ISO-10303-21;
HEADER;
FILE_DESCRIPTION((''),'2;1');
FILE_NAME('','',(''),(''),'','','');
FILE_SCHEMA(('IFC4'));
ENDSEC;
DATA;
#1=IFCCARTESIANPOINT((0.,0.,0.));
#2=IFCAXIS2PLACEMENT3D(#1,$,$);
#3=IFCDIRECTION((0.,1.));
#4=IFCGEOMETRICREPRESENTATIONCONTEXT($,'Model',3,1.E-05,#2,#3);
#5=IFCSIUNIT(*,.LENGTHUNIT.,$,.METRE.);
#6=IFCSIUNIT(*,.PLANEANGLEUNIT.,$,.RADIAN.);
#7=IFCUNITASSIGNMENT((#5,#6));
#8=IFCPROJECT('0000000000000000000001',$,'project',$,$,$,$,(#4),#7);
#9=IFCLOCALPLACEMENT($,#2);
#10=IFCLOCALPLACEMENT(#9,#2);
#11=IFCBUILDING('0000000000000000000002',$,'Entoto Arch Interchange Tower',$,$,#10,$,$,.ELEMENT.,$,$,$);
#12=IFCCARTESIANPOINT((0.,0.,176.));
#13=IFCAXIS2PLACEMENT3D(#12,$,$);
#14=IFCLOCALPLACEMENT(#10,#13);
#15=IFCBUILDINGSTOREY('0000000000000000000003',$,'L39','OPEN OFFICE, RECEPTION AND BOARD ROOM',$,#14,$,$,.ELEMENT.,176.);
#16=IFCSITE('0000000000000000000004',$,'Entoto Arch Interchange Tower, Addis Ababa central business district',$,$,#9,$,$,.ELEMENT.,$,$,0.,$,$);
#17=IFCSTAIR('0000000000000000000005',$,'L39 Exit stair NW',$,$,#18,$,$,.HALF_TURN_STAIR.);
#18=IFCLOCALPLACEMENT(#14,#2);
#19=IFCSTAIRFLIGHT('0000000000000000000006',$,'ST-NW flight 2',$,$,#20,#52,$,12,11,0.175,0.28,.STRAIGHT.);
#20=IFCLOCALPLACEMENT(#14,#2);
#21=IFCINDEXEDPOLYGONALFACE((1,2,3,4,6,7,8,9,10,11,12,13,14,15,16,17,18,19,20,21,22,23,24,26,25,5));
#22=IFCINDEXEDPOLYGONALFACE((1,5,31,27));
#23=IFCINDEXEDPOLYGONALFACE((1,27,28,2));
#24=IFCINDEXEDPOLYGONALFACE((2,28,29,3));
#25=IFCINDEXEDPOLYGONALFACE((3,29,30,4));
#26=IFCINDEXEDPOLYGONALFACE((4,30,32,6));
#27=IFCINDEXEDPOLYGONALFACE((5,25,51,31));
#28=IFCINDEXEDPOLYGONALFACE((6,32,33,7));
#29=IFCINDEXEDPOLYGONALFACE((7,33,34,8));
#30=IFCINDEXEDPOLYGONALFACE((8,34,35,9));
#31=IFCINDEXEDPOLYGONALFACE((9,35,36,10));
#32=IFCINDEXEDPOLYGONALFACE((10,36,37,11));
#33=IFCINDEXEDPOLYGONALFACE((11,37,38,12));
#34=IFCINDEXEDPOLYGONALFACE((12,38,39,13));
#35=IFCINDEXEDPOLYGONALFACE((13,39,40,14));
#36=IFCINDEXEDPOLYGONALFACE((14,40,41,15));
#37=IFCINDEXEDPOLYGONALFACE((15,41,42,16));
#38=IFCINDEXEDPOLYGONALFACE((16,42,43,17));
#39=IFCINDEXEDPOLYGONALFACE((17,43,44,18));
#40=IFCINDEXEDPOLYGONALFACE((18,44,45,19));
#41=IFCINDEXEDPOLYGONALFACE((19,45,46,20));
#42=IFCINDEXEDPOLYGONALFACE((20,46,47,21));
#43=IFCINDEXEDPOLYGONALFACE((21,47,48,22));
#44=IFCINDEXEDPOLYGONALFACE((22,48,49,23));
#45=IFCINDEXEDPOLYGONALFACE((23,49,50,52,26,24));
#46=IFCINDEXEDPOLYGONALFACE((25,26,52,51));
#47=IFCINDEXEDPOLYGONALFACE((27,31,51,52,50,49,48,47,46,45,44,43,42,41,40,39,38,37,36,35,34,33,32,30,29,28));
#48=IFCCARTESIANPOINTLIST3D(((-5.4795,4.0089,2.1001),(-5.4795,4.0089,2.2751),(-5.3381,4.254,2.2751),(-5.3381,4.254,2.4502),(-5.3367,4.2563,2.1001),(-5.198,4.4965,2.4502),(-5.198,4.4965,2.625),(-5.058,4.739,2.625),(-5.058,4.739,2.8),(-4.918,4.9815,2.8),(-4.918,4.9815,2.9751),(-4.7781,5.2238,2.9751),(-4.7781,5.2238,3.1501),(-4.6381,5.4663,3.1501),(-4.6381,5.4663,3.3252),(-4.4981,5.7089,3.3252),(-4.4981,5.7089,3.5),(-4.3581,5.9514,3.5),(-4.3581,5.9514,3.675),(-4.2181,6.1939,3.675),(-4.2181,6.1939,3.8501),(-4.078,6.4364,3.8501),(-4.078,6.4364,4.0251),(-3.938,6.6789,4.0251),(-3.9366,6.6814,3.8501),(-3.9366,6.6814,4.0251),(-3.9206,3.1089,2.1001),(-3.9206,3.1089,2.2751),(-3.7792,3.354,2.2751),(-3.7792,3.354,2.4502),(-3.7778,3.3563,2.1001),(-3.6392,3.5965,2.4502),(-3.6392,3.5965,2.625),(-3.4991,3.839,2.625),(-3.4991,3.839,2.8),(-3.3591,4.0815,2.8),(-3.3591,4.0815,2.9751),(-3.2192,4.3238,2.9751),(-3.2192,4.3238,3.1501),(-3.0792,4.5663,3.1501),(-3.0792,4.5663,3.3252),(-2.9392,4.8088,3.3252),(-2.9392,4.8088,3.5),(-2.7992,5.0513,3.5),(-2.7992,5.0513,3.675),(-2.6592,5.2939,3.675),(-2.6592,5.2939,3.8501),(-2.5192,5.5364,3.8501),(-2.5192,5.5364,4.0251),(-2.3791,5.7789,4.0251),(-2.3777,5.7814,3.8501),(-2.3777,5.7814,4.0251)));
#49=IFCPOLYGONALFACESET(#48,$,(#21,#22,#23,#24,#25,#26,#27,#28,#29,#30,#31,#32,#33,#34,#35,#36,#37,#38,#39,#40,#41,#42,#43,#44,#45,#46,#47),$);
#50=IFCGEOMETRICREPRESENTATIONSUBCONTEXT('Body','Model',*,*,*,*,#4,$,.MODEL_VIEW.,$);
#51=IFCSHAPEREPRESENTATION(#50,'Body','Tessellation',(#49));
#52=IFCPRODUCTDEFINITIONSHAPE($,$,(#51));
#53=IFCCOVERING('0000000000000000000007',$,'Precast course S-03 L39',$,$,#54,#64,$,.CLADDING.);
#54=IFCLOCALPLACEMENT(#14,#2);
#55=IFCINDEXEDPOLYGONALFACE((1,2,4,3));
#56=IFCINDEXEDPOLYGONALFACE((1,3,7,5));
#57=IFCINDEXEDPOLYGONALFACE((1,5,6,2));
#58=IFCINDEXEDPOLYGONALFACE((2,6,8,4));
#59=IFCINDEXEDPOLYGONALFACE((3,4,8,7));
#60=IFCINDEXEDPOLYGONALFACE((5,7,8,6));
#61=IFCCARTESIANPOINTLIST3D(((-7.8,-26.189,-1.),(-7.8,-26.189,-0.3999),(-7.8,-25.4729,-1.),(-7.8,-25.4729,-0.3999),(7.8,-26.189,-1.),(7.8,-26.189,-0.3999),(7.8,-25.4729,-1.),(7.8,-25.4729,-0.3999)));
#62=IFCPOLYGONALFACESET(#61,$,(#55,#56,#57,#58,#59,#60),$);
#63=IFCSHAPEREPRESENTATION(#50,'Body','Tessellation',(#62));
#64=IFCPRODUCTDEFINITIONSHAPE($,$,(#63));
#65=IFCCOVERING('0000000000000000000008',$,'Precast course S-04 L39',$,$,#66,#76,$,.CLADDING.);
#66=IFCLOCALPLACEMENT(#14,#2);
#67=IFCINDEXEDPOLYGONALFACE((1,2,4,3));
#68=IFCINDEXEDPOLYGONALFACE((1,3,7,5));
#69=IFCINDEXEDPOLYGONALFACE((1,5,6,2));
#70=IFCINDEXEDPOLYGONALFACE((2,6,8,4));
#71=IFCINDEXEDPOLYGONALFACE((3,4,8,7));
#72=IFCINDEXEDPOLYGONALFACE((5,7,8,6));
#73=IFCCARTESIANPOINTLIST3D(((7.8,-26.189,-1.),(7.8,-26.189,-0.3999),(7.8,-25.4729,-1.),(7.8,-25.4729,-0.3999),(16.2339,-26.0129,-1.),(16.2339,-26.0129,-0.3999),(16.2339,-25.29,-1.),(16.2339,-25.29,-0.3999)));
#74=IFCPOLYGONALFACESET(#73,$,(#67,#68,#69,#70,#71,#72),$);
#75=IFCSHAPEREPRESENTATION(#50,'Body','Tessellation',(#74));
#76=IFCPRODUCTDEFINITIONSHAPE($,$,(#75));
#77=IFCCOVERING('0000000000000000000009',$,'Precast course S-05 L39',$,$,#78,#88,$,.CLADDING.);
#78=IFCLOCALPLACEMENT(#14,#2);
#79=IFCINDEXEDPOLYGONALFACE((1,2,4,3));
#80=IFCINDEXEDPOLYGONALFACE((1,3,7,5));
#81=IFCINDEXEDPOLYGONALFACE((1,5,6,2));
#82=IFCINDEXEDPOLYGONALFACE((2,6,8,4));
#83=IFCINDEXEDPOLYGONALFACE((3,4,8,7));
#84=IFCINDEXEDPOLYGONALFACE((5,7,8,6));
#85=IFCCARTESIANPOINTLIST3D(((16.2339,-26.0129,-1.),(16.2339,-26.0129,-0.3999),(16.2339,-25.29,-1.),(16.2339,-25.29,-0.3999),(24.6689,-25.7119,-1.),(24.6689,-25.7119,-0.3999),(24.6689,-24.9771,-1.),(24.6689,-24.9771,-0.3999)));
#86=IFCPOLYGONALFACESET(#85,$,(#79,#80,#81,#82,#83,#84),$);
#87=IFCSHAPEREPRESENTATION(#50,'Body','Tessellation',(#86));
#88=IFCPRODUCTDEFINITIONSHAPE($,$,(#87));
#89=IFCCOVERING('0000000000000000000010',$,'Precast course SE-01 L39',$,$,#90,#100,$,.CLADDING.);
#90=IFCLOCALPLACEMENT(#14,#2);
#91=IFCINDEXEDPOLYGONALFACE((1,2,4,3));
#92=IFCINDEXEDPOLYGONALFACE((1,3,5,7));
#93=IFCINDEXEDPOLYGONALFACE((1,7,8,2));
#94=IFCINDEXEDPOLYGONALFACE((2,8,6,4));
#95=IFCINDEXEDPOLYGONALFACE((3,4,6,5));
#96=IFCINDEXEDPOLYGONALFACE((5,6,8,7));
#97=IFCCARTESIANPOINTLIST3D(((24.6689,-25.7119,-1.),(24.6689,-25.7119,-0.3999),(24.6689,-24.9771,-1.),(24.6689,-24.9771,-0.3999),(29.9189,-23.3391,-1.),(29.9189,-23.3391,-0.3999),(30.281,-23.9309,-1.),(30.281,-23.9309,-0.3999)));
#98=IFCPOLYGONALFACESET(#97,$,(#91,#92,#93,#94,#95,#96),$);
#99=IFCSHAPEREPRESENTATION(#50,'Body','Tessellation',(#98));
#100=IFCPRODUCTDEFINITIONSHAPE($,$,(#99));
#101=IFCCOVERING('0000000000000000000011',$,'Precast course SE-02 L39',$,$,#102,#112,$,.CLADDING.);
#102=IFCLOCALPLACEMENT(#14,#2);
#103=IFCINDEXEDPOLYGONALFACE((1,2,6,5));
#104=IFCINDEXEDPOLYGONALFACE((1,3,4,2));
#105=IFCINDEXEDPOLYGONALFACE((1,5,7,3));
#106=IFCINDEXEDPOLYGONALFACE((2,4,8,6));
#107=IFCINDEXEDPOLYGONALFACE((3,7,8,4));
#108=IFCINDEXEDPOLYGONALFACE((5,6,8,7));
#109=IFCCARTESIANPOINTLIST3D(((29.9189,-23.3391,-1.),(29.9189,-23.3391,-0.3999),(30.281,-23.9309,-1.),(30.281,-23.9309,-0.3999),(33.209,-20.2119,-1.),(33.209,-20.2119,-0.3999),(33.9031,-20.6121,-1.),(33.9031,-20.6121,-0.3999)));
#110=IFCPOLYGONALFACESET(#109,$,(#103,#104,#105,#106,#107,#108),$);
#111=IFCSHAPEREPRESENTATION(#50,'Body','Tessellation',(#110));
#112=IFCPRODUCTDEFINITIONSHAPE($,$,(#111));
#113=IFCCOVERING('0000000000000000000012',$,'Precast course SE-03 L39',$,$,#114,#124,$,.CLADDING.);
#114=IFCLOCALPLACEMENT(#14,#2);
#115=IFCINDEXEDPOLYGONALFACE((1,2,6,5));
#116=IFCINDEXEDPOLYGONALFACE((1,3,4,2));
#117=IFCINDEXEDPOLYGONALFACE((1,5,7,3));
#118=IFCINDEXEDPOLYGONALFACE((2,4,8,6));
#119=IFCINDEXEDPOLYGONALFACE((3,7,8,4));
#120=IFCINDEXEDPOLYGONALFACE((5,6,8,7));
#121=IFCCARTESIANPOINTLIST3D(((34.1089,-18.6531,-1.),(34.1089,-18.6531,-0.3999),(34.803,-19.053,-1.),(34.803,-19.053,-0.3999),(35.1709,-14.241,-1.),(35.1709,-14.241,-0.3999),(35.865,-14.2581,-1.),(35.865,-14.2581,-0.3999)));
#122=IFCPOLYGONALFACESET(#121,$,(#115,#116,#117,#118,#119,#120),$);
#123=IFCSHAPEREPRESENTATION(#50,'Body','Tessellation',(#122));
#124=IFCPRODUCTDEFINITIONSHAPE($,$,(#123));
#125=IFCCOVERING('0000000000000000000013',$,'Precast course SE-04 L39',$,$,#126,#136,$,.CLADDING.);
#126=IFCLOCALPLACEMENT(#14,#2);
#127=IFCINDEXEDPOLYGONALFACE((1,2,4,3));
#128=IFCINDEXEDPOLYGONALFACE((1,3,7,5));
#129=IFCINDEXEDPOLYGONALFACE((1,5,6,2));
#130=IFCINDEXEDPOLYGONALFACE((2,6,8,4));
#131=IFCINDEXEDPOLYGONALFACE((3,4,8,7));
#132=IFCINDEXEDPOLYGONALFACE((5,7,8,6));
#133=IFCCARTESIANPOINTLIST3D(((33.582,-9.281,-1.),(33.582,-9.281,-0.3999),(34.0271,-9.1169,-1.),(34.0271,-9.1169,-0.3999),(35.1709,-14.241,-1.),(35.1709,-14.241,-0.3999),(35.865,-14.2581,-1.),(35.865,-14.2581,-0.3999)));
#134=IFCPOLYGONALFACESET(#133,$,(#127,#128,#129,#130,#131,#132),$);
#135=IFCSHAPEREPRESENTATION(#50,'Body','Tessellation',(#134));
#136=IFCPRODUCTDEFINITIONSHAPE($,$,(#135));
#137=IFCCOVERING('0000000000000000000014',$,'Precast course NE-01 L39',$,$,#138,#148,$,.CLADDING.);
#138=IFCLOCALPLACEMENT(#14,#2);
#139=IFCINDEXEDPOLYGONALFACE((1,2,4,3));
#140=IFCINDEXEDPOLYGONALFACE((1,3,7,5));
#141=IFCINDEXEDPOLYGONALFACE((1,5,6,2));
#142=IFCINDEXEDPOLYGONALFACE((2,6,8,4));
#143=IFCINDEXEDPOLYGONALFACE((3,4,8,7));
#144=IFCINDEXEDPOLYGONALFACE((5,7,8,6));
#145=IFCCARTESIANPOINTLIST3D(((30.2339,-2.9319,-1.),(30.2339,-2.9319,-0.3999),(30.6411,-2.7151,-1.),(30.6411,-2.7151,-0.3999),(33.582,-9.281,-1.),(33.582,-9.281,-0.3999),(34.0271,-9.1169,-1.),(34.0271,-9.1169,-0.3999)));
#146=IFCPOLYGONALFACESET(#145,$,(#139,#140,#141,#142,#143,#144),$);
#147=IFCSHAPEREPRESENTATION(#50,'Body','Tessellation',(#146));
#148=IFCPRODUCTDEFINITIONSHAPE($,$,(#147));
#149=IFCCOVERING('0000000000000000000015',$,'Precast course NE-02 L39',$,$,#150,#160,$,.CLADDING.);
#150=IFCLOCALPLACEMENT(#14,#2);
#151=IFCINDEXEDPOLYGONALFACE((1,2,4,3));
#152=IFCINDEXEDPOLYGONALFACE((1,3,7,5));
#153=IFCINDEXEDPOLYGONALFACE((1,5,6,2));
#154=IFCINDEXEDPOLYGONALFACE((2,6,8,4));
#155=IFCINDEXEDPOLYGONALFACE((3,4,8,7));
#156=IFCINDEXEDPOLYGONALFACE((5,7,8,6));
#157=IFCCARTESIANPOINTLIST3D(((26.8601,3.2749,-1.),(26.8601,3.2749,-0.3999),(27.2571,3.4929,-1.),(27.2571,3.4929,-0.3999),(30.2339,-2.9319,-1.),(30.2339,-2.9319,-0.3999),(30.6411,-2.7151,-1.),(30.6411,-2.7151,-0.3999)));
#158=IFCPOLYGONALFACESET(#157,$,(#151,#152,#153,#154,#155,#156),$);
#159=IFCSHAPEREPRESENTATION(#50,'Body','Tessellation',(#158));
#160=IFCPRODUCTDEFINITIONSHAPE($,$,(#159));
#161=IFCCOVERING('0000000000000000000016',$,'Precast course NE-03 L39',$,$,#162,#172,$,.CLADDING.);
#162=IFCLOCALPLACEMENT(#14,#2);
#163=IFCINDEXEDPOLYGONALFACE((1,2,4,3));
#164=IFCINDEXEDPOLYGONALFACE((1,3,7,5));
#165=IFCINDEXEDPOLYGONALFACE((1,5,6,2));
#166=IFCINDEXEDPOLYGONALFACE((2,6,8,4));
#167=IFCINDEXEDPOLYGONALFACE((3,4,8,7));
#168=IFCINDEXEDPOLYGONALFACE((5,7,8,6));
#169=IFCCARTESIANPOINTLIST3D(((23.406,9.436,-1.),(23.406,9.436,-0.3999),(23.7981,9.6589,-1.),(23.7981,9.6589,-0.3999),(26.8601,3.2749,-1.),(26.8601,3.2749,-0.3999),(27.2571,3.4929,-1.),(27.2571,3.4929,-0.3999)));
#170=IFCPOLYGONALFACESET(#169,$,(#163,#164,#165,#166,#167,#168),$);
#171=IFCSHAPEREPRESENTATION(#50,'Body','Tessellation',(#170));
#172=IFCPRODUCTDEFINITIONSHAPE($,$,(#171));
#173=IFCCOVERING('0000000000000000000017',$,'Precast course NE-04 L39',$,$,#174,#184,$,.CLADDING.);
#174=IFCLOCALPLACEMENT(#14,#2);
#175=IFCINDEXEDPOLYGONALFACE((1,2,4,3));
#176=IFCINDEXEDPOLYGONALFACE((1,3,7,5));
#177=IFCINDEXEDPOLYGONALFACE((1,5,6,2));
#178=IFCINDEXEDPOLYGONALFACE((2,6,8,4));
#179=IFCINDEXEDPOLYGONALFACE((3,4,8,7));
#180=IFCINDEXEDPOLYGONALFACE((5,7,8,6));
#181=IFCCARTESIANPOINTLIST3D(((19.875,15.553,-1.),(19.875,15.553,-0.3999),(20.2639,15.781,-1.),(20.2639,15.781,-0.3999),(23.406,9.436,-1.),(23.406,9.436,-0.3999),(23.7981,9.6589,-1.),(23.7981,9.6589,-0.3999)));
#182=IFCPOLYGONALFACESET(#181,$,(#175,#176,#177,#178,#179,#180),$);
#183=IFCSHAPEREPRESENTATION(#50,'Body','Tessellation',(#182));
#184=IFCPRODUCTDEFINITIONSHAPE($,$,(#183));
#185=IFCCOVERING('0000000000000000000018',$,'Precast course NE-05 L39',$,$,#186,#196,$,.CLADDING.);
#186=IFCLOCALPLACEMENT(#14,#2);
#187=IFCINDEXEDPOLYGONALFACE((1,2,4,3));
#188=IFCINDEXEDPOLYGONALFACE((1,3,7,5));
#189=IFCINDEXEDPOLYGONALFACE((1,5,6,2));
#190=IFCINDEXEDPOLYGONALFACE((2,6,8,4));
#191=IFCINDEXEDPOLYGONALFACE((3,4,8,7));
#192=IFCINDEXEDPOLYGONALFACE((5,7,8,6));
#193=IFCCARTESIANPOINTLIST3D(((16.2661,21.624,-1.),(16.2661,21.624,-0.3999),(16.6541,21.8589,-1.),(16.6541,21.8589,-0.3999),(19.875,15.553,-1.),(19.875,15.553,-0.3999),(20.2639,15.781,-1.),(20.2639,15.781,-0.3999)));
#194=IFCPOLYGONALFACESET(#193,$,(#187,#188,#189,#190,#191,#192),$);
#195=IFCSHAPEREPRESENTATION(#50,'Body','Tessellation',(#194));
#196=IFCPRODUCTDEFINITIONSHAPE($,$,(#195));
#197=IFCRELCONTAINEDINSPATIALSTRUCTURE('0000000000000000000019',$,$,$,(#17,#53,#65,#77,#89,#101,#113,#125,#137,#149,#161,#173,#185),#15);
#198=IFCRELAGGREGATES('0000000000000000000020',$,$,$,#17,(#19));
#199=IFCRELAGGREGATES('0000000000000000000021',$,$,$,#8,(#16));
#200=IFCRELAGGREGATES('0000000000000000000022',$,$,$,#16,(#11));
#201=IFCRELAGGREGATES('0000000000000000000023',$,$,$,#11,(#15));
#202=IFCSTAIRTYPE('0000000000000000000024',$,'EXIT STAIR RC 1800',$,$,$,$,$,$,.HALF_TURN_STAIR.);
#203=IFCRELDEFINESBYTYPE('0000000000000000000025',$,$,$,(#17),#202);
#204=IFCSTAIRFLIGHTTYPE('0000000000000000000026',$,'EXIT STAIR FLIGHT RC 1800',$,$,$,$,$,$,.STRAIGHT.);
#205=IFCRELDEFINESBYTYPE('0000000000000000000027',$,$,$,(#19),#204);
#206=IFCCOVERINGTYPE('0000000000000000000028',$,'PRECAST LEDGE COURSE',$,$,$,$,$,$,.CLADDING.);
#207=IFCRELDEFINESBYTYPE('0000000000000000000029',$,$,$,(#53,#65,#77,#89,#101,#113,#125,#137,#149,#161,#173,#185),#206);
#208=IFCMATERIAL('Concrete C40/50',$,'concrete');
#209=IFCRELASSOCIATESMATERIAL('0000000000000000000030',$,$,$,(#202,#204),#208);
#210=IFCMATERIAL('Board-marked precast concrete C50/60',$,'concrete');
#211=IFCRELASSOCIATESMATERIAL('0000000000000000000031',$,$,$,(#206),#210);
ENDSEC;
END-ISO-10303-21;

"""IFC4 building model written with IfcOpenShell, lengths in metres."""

from ifc_helpers import new_model, si_unit, direction, frame, origin, place, context, subcontext, project, spatial, polyline, outline, extrude, material, type_object, element, aggregate, save


model = new_model("IFC4")

# Units and contexts
model_context = context("Model", 3, precision=1e-05, world=origin(), true_north=direction((0.0, 1.0)))
body_context = subcontext(model_context, "Body", "Model", "MODEL_VIEW")
ifc_project = project(units=[si_unit("LENGTHUNIT", "METRE"), si_unit("PLANEANGLEUNIT", "RADIAN")], contexts=[model_context])

# Site, building, storey
site_placement = place(None, origin())
site = spatial("IfcSite", under=ifc_project, at=site_placement, Name="Entoto Arch Interchange Tower, Addis Ababa central business district", CompositionType="ELEMENT", RefElevation=0.0)
building_placement = place(site_placement, origin())
building = spatial("IfcBuilding", under=site, at=building_placement, Name="Entoto Arch Interchange Tower", CompositionType="ELEMENT")
storey_placement = place(building_placement, frame((0.0, 0.0, 176.0)))
storey = spatial("IfcBuildingStorey", under=building, at=storey_placement, Name="L39", Description="OPEN OFFICE, RECEPTION AND BOARD ROOM", CompositionType="ELEMENT", Elevation=176.0)

# Shared definitions
ifc_material_1 = material(Name="Concrete C40/50", Category="concrete")

# Stair, stair flight
stair_type = type_object("IfcStairType", Name="EXIT STAIR RC 1800", PredefinedType="HALF_TURN_STAIR", material=ifc_material_1)
stair_placement = place(storey_placement, origin())
stair = element("IfcStair", 1, at=stair_placement, inside=storey, type_object=stair_type, Name="L39 Exit stair NW", PredefinedType="HALF_TURN_STAIR")
stair_flight_type = type_object("IfcStairFlightType", Name="EXIT STAIR FLIGHT RC 1800", PredefinedType="STRAIGHT", material=ifc_material_1)
stair_flight_1_placement = place(storey_placement, frame((-4.6987, 3.5615, 2.1001), z_axis=(0.0, 0.0, 1.0), x_axis=(0.5, 0.866025, 0.0)))
stair_flight_1 = element("IfcStairFlight", 2, at=stair_flight_1_placement, type_object=stair_flight_type, Name="ST-NW flight 2", NumberOfRisers=12, NumberOfTreads=11, PredefinedType="STRAIGHT", RiserHeight=0.175, TreadLength=0.28, context=body_context, shape_type="SweptSolid", body=[
    extrude(outline(polyline([(-0.0029, 0.0), (-0.0029, 0.175), (0.28, 0.175), (0.28, 0.3501), (0.5601, 0.3501), (0.5601, 0.5249), (0.8401, 0.5249), (0.8401, 0.7), (1.1201, 0.7), (1.1201, 0.875), (1.3999, 0.875), (1.3999, 1.05), (1.6799, 1.05), (1.6799, 1.2251), (1.96, 1.2251), (1.96, 1.3999), (2.24, 1.3999), (2.24, 1.575), (2.52, 1.575), (2.52, 1.75), (2.8, 1.75), (2.8, 1.925), (3.0801, 1.925), (3.083, 1.925), (3.083, 1.75), (0.2827, 0.0), (-0.0029, 0.0)])), frame((0.0, 0.8999, 0.0), z_axis=(0.0, -1.0, 0.0), x_axis=(1.0, 0.0, 0.0)), (0.0, 0.0, 1.0), 1.8),
])
aggregate(stair, [stair_flight_1])

# Coverings
ifc_material_2 = material(Name="Board-marked precast concrete C50/60", Category="concrete")
covering_type = type_object("IfcCoveringType", Name="PRECAST LEDGE COURSE", PredefinedType="CLADDING", material=ifc_material_2)
covering_1_placement = place(storey_placement, frame((0.0, 0.0, -1.0)))
element("IfcCovering", 3, at=covering_1_placement, inside=storey, type_object=covering_type, Name="Precast course S-03 L39", PredefinedType="CLADDING", context=body_context, shape_type="SweptSolid", body=[
    extrude(outline(polyline([(7.8, -25.4729), (7.8, -26.189), (-7.8, -26.189), (-7.8, -25.4729), (7.8, -25.4729)])), origin(), (0.0, 0.0, 1.0), 0.6001),
])
covering_2_placement = place(storey_placement, frame((0.0, 0.0, -1.0)))
element("IfcCovering", 4, at=covering_2_placement, inside=storey, type_object=covering_type, Name="Precast course S-04 L39", PredefinedType="CLADDING", context=body_context, shape_type="SweptSolid", body=[
    extrude(outline(polyline([(16.2339, -25.29), (16.2339, -26.0129), (7.8, -26.189), (7.8, -25.4729), (16.2339, -25.29)])), origin(), (0.0, 0.0, 1.0), 0.6001),
])
covering_3_placement = place(storey_placement, frame((0.0, 0.0, -1.0)))
element("IfcCovering", 5, at=covering_3_placement, inside=storey, type_object=covering_type, Name="Precast course S-05 L39", PredefinedType="CLADDING", context=body_context, shape_type="SweptSolid", body=[
    extrude(outline(polyline([(24.6689, -24.9771), (24.6689, -25.7119), (16.2339, -26.0129), (16.2339, -25.29), (24.6689, -24.9771)])), origin(), (0.0, 0.0, 1.0), 0.6001),
])
covering_4_placement = place(storey_placement, frame((0.0, 0.0, -1.0)))
element("IfcCovering", 6, at=covering_4_placement, inside=storey, type_object=covering_type, Name="Precast course SE-01 L39", PredefinedType="CLADDING", context=body_context, shape_type="SweptSolid", body=[
    extrude(outline(polyline([(29.9189, -23.3391), (30.281, -23.9309), (24.6689, -25.7119), (24.6689, -24.9771), (29.9189, -23.3391)])), origin(), (0.0, 0.0, 1.0), 0.6001),
])
covering_5_placement = place(storey_placement, frame((0.0, 0.0, -1.0)))
element("IfcCovering", 7, at=covering_5_placement, inside=storey, type_object=covering_type, Name="Precast course SE-02 L39", PredefinedType="CLADDING", context=body_context, shape_type="SweptSolid", body=[
    extrude(outline(polyline([(33.209, -20.2119), (33.9031, -20.6121), (30.281, -23.9309), (29.9189, -23.3391), (33.209, -20.2119)])), origin(), (0.0, 0.0, 1.0), 0.6001),
])
covering_6_placement = place(storey_placement, frame((0.0, 0.0, -1.0)))
element("IfcCovering", 8, at=covering_6_placement, inside=storey, type_object=covering_type, Name="Precast course SE-03 L39", PredefinedType="CLADDING", context=body_context, shape_type="SweptSolid", body=[
    extrude(outline(polyline([(35.1709, -14.241), (35.865, -14.2581), (34.803, -19.053), (34.1089, -18.6531), (35.1709, -14.241)])), origin(), (0.0, 0.0, 1.0), 0.6001),
])
covering_7_placement = place(storey_placement, frame((0.0, 0.0, -1.0)))
element("IfcCovering", 9, at=covering_7_placement, inside=storey, type_object=covering_type, Name="Precast course SE-04 L39", PredefinedType="CLADDING", context=body_context, shape_type="SweptSolid", body=[
    extrude(outline(polyline([(33.582, -9.281), (34.0271, -9.1169), (35.865, -14.2581), (35.1709, -14.241), (33.582, -9.281)])), origin(), (0.0, 0.0, 1.0), 0.6001),
])
covering_8_placement = place(storey_placement, frame((0.0, 0.0, -1.0)))
element("IfcCovering", 10, at=covering_8_placement, inside=storey, type_object=covering_type, Name="Precast course NE-01 L39", PredefinedType="CLADDING", context=body_context, shape_type="SweptSolid", body=[
    extrude(outline(polyline([(30.2339, -2.9319), (30.6411, -2.7151), (34.0271, -9.1169), (33.582, -9.281), (30.2339, -2.9319)])), origin(), (0.0, 0.0, 1.0), 0.6001),
])
covering_9_placement = place(storey_placement, frame((0.0, 0.0, -1.0)))
element("IfcCovering", 11, at=covering_9_placement, inside=storey, type_object=covering_type, Name="Precast course NE-02 L39", PredefinedType="CLADDING", context=body_context, shape_type="SweptSolid", body=[
    extrude(outline(polyline([(26.8601, 3.2749), (27.2571, 3.4929), (30.6411, -2.7151), (30.2339, -2.9319), (26.8601, 3.2749)])), origin(), (0.0, 0.0, 1.0), 0.6001),
])
covering_10_placement = place(storey_placement, frame((0.0, 0.0, -1.0)))
element("IfcCovering", 12, at=covering_10_placement, inside=storey, type_object=covering_type, Name="Precast course NE-03 L39", PredefinedType="CLADDING", context=body_context, shape_type="SweptSolid", body=[
    extrude(outline(polyline([(23.406, 9.436), (23.7981, 9.6589), (27.2571, 3.4929), (26.8601, 3.2749), (23.406, 9.436)])), origin(), (0.0, 0.0, 1.0), 0.6001),
])
covering_11_placement = place(storey_placement, frame((0.0, 0.0, -1.0)))
element("IfcCovering", 13, at=covering_11_placement, inside=storey, type_object=covering_type, Name="Precast course NE-04 L39", PredefinedType="CLADDING", context=body_context, shape_type="SweptSolid", body=[
    extrude(outline(polyline([(19.875, 15.553), (20.2639, 15.781), (23.7981, 9.6589), (23.406, 9.436), (19.875, 15.553)])), origin(), (0.0, 0.0, 1.0), 0.6001),
])
covering_12_placement = place(storey_placement, frame((0.0, 0.0, -1.0)))
element("IfcCovering", 14, at=covering_12_placement, inside=storey, type_object=covering_type, Name="Precast course NE-05 L39", PredefinedType="CLADDING", context=body_context, shape_type="SweptSolid", body=[
    extrude(outline(polyline([(16.2661, 21.624), (16.6541, 21.8589), (20.2639, 15.781), (19.875, 15.553), (16.2661, 21.624)])), origin(), (0.0, 0.0, 1.0), 0.6001),
])

save(model, "model.ifc")
